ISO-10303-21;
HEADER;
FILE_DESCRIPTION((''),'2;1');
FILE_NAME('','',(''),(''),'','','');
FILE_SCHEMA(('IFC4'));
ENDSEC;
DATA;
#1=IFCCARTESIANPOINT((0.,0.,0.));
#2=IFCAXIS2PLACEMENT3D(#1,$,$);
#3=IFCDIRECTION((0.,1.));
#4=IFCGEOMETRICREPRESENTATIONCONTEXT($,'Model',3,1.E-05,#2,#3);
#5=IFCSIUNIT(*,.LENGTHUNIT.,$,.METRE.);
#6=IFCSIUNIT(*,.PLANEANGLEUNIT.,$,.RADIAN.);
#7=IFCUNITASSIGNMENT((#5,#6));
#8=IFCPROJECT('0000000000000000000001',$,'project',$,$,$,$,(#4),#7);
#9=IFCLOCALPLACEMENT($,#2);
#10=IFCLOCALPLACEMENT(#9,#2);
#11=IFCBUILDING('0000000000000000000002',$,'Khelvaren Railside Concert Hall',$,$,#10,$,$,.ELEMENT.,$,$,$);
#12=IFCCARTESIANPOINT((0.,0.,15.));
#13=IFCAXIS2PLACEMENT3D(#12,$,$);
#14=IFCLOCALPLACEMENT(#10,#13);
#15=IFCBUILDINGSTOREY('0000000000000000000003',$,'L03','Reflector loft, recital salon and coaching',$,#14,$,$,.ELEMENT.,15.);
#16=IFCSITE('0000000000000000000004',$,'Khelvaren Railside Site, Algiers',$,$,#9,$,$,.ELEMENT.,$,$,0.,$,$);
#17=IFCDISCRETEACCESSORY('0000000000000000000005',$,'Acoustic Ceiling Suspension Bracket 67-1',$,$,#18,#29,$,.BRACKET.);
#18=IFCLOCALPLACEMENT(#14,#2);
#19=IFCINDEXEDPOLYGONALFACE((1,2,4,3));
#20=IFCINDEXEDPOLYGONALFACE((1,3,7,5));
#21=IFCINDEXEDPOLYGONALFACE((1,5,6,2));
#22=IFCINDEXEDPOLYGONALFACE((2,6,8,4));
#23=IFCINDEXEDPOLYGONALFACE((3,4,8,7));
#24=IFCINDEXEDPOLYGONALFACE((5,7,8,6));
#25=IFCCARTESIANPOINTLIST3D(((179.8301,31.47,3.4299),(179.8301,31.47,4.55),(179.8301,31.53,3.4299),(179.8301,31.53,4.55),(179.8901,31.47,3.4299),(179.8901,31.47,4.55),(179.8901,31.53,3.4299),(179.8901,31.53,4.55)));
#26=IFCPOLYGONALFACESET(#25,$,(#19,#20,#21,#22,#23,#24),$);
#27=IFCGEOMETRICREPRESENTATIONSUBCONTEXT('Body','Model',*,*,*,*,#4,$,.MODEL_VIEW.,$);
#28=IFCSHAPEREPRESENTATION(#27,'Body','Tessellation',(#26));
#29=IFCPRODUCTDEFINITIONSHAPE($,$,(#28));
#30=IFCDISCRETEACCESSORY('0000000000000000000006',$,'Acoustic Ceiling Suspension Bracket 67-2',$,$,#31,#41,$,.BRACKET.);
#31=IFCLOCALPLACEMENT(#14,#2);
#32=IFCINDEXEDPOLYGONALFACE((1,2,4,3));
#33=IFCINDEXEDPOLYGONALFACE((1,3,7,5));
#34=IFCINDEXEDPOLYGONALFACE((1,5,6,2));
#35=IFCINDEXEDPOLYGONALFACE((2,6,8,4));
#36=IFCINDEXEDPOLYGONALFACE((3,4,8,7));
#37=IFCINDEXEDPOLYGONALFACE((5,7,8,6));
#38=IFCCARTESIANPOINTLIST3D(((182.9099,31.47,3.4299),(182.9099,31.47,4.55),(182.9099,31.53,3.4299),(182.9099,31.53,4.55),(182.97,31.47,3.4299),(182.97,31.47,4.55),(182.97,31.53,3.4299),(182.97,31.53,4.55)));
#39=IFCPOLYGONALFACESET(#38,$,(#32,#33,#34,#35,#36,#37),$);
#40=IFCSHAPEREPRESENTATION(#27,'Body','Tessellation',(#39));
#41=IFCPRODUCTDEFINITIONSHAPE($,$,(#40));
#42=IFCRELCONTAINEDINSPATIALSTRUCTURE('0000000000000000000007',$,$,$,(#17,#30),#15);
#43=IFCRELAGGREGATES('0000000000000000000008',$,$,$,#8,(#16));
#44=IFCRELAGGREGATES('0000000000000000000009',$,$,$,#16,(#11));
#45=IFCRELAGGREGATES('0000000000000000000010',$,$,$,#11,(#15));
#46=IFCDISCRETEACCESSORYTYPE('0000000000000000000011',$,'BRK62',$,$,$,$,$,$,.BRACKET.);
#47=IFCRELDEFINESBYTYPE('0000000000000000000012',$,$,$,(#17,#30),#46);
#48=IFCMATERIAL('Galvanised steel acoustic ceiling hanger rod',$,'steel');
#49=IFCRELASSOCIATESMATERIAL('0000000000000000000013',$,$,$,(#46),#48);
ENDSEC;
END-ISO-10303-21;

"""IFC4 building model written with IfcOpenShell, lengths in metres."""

from ifc_helpers import new_model, si_unit, direction, frame, origin, origin_2d, place, context, subcontext, project, spatial, rectangle, extrude, material, type_object, element, save


model = new_model("IFC4")

# Units and contexts
model_context = context("Model", 3, precision=1e-05, world=origin(), true_north=direction((0.0, 1.0)))
body_context = subcontext(model_context, "Body", "Model", "MODEL_VIEW")
ifc_project = project(units=[si_unit("LENGTHUNIT", "METRE"), si_unit("PLANEANGLEUNIT", "RADIAN")], contexts=[model_context])

# Site, building, storey
site_placement = place(None, origin())
site = spatial("IfcSite", under=ifc_project, at=site_placement, Name="Khelvaren Railside Site, Algiers", CompositionType="ELEMENT", RefElevation=0.0)
building_placement = place(site_placement, origin())
building = spatial("IfcBuilding", under=site, at=building_placement, Name="Khelvaren Railside Concert Hall", CompositionType="ELEMENT")
storey_placement = place(building_placement, frame((0.0, 0.0, 15.0)))
storey = spatial("IfcBuildingStorey", under=building, at=storey_placement, Name="L03", Description="Reflector loft, recital salon and coaching", CompositionType="ELEMENT", Elevation=15.0)

# Discrete accessories
ifc_material_1 = material(Name="Galvanised steel acoustic ceiling hanger rod", Category="steel")
discrete_accessory_type = type_object("IfcDiscreteAccessoryType", Name="BRK62", PredefinedType="BRACKET", material=ifc_material_1)
for number, where, z_axis, x_axis, name in (
    (1, (179.8601, 31.5, 3.4299), (0.0, 0.0, 1.0), (1.0, 0.0, 0.0), "Acoustic Ceiling Suspension Bracket 67-1"),
    (2, (182.9399, 31.5, 3.4299), (0.0, 0.0, 1.0), (1.0, 0.0, 0.0), "Acoustic Ceiling Suspension Bracket 67-2"),
):
    element("IfcDiscreteAccessory", number, at=place(storey_placement, frame(where, z_axis=z_axis, x_axis=x_axis)), inside=storey, type_object=discrete_accessory_type, Name=name, PredefinedType="BRACKET", context=body_context, shape_type="SweptSolid", body=[
        extrude(rectangle(XDim=0.0601, YDim=0.0601, at=origin_2d()), origin(), (0.0, 0.0, 1.0), 1.1201),
    ])

save(model, "model.ifc")
